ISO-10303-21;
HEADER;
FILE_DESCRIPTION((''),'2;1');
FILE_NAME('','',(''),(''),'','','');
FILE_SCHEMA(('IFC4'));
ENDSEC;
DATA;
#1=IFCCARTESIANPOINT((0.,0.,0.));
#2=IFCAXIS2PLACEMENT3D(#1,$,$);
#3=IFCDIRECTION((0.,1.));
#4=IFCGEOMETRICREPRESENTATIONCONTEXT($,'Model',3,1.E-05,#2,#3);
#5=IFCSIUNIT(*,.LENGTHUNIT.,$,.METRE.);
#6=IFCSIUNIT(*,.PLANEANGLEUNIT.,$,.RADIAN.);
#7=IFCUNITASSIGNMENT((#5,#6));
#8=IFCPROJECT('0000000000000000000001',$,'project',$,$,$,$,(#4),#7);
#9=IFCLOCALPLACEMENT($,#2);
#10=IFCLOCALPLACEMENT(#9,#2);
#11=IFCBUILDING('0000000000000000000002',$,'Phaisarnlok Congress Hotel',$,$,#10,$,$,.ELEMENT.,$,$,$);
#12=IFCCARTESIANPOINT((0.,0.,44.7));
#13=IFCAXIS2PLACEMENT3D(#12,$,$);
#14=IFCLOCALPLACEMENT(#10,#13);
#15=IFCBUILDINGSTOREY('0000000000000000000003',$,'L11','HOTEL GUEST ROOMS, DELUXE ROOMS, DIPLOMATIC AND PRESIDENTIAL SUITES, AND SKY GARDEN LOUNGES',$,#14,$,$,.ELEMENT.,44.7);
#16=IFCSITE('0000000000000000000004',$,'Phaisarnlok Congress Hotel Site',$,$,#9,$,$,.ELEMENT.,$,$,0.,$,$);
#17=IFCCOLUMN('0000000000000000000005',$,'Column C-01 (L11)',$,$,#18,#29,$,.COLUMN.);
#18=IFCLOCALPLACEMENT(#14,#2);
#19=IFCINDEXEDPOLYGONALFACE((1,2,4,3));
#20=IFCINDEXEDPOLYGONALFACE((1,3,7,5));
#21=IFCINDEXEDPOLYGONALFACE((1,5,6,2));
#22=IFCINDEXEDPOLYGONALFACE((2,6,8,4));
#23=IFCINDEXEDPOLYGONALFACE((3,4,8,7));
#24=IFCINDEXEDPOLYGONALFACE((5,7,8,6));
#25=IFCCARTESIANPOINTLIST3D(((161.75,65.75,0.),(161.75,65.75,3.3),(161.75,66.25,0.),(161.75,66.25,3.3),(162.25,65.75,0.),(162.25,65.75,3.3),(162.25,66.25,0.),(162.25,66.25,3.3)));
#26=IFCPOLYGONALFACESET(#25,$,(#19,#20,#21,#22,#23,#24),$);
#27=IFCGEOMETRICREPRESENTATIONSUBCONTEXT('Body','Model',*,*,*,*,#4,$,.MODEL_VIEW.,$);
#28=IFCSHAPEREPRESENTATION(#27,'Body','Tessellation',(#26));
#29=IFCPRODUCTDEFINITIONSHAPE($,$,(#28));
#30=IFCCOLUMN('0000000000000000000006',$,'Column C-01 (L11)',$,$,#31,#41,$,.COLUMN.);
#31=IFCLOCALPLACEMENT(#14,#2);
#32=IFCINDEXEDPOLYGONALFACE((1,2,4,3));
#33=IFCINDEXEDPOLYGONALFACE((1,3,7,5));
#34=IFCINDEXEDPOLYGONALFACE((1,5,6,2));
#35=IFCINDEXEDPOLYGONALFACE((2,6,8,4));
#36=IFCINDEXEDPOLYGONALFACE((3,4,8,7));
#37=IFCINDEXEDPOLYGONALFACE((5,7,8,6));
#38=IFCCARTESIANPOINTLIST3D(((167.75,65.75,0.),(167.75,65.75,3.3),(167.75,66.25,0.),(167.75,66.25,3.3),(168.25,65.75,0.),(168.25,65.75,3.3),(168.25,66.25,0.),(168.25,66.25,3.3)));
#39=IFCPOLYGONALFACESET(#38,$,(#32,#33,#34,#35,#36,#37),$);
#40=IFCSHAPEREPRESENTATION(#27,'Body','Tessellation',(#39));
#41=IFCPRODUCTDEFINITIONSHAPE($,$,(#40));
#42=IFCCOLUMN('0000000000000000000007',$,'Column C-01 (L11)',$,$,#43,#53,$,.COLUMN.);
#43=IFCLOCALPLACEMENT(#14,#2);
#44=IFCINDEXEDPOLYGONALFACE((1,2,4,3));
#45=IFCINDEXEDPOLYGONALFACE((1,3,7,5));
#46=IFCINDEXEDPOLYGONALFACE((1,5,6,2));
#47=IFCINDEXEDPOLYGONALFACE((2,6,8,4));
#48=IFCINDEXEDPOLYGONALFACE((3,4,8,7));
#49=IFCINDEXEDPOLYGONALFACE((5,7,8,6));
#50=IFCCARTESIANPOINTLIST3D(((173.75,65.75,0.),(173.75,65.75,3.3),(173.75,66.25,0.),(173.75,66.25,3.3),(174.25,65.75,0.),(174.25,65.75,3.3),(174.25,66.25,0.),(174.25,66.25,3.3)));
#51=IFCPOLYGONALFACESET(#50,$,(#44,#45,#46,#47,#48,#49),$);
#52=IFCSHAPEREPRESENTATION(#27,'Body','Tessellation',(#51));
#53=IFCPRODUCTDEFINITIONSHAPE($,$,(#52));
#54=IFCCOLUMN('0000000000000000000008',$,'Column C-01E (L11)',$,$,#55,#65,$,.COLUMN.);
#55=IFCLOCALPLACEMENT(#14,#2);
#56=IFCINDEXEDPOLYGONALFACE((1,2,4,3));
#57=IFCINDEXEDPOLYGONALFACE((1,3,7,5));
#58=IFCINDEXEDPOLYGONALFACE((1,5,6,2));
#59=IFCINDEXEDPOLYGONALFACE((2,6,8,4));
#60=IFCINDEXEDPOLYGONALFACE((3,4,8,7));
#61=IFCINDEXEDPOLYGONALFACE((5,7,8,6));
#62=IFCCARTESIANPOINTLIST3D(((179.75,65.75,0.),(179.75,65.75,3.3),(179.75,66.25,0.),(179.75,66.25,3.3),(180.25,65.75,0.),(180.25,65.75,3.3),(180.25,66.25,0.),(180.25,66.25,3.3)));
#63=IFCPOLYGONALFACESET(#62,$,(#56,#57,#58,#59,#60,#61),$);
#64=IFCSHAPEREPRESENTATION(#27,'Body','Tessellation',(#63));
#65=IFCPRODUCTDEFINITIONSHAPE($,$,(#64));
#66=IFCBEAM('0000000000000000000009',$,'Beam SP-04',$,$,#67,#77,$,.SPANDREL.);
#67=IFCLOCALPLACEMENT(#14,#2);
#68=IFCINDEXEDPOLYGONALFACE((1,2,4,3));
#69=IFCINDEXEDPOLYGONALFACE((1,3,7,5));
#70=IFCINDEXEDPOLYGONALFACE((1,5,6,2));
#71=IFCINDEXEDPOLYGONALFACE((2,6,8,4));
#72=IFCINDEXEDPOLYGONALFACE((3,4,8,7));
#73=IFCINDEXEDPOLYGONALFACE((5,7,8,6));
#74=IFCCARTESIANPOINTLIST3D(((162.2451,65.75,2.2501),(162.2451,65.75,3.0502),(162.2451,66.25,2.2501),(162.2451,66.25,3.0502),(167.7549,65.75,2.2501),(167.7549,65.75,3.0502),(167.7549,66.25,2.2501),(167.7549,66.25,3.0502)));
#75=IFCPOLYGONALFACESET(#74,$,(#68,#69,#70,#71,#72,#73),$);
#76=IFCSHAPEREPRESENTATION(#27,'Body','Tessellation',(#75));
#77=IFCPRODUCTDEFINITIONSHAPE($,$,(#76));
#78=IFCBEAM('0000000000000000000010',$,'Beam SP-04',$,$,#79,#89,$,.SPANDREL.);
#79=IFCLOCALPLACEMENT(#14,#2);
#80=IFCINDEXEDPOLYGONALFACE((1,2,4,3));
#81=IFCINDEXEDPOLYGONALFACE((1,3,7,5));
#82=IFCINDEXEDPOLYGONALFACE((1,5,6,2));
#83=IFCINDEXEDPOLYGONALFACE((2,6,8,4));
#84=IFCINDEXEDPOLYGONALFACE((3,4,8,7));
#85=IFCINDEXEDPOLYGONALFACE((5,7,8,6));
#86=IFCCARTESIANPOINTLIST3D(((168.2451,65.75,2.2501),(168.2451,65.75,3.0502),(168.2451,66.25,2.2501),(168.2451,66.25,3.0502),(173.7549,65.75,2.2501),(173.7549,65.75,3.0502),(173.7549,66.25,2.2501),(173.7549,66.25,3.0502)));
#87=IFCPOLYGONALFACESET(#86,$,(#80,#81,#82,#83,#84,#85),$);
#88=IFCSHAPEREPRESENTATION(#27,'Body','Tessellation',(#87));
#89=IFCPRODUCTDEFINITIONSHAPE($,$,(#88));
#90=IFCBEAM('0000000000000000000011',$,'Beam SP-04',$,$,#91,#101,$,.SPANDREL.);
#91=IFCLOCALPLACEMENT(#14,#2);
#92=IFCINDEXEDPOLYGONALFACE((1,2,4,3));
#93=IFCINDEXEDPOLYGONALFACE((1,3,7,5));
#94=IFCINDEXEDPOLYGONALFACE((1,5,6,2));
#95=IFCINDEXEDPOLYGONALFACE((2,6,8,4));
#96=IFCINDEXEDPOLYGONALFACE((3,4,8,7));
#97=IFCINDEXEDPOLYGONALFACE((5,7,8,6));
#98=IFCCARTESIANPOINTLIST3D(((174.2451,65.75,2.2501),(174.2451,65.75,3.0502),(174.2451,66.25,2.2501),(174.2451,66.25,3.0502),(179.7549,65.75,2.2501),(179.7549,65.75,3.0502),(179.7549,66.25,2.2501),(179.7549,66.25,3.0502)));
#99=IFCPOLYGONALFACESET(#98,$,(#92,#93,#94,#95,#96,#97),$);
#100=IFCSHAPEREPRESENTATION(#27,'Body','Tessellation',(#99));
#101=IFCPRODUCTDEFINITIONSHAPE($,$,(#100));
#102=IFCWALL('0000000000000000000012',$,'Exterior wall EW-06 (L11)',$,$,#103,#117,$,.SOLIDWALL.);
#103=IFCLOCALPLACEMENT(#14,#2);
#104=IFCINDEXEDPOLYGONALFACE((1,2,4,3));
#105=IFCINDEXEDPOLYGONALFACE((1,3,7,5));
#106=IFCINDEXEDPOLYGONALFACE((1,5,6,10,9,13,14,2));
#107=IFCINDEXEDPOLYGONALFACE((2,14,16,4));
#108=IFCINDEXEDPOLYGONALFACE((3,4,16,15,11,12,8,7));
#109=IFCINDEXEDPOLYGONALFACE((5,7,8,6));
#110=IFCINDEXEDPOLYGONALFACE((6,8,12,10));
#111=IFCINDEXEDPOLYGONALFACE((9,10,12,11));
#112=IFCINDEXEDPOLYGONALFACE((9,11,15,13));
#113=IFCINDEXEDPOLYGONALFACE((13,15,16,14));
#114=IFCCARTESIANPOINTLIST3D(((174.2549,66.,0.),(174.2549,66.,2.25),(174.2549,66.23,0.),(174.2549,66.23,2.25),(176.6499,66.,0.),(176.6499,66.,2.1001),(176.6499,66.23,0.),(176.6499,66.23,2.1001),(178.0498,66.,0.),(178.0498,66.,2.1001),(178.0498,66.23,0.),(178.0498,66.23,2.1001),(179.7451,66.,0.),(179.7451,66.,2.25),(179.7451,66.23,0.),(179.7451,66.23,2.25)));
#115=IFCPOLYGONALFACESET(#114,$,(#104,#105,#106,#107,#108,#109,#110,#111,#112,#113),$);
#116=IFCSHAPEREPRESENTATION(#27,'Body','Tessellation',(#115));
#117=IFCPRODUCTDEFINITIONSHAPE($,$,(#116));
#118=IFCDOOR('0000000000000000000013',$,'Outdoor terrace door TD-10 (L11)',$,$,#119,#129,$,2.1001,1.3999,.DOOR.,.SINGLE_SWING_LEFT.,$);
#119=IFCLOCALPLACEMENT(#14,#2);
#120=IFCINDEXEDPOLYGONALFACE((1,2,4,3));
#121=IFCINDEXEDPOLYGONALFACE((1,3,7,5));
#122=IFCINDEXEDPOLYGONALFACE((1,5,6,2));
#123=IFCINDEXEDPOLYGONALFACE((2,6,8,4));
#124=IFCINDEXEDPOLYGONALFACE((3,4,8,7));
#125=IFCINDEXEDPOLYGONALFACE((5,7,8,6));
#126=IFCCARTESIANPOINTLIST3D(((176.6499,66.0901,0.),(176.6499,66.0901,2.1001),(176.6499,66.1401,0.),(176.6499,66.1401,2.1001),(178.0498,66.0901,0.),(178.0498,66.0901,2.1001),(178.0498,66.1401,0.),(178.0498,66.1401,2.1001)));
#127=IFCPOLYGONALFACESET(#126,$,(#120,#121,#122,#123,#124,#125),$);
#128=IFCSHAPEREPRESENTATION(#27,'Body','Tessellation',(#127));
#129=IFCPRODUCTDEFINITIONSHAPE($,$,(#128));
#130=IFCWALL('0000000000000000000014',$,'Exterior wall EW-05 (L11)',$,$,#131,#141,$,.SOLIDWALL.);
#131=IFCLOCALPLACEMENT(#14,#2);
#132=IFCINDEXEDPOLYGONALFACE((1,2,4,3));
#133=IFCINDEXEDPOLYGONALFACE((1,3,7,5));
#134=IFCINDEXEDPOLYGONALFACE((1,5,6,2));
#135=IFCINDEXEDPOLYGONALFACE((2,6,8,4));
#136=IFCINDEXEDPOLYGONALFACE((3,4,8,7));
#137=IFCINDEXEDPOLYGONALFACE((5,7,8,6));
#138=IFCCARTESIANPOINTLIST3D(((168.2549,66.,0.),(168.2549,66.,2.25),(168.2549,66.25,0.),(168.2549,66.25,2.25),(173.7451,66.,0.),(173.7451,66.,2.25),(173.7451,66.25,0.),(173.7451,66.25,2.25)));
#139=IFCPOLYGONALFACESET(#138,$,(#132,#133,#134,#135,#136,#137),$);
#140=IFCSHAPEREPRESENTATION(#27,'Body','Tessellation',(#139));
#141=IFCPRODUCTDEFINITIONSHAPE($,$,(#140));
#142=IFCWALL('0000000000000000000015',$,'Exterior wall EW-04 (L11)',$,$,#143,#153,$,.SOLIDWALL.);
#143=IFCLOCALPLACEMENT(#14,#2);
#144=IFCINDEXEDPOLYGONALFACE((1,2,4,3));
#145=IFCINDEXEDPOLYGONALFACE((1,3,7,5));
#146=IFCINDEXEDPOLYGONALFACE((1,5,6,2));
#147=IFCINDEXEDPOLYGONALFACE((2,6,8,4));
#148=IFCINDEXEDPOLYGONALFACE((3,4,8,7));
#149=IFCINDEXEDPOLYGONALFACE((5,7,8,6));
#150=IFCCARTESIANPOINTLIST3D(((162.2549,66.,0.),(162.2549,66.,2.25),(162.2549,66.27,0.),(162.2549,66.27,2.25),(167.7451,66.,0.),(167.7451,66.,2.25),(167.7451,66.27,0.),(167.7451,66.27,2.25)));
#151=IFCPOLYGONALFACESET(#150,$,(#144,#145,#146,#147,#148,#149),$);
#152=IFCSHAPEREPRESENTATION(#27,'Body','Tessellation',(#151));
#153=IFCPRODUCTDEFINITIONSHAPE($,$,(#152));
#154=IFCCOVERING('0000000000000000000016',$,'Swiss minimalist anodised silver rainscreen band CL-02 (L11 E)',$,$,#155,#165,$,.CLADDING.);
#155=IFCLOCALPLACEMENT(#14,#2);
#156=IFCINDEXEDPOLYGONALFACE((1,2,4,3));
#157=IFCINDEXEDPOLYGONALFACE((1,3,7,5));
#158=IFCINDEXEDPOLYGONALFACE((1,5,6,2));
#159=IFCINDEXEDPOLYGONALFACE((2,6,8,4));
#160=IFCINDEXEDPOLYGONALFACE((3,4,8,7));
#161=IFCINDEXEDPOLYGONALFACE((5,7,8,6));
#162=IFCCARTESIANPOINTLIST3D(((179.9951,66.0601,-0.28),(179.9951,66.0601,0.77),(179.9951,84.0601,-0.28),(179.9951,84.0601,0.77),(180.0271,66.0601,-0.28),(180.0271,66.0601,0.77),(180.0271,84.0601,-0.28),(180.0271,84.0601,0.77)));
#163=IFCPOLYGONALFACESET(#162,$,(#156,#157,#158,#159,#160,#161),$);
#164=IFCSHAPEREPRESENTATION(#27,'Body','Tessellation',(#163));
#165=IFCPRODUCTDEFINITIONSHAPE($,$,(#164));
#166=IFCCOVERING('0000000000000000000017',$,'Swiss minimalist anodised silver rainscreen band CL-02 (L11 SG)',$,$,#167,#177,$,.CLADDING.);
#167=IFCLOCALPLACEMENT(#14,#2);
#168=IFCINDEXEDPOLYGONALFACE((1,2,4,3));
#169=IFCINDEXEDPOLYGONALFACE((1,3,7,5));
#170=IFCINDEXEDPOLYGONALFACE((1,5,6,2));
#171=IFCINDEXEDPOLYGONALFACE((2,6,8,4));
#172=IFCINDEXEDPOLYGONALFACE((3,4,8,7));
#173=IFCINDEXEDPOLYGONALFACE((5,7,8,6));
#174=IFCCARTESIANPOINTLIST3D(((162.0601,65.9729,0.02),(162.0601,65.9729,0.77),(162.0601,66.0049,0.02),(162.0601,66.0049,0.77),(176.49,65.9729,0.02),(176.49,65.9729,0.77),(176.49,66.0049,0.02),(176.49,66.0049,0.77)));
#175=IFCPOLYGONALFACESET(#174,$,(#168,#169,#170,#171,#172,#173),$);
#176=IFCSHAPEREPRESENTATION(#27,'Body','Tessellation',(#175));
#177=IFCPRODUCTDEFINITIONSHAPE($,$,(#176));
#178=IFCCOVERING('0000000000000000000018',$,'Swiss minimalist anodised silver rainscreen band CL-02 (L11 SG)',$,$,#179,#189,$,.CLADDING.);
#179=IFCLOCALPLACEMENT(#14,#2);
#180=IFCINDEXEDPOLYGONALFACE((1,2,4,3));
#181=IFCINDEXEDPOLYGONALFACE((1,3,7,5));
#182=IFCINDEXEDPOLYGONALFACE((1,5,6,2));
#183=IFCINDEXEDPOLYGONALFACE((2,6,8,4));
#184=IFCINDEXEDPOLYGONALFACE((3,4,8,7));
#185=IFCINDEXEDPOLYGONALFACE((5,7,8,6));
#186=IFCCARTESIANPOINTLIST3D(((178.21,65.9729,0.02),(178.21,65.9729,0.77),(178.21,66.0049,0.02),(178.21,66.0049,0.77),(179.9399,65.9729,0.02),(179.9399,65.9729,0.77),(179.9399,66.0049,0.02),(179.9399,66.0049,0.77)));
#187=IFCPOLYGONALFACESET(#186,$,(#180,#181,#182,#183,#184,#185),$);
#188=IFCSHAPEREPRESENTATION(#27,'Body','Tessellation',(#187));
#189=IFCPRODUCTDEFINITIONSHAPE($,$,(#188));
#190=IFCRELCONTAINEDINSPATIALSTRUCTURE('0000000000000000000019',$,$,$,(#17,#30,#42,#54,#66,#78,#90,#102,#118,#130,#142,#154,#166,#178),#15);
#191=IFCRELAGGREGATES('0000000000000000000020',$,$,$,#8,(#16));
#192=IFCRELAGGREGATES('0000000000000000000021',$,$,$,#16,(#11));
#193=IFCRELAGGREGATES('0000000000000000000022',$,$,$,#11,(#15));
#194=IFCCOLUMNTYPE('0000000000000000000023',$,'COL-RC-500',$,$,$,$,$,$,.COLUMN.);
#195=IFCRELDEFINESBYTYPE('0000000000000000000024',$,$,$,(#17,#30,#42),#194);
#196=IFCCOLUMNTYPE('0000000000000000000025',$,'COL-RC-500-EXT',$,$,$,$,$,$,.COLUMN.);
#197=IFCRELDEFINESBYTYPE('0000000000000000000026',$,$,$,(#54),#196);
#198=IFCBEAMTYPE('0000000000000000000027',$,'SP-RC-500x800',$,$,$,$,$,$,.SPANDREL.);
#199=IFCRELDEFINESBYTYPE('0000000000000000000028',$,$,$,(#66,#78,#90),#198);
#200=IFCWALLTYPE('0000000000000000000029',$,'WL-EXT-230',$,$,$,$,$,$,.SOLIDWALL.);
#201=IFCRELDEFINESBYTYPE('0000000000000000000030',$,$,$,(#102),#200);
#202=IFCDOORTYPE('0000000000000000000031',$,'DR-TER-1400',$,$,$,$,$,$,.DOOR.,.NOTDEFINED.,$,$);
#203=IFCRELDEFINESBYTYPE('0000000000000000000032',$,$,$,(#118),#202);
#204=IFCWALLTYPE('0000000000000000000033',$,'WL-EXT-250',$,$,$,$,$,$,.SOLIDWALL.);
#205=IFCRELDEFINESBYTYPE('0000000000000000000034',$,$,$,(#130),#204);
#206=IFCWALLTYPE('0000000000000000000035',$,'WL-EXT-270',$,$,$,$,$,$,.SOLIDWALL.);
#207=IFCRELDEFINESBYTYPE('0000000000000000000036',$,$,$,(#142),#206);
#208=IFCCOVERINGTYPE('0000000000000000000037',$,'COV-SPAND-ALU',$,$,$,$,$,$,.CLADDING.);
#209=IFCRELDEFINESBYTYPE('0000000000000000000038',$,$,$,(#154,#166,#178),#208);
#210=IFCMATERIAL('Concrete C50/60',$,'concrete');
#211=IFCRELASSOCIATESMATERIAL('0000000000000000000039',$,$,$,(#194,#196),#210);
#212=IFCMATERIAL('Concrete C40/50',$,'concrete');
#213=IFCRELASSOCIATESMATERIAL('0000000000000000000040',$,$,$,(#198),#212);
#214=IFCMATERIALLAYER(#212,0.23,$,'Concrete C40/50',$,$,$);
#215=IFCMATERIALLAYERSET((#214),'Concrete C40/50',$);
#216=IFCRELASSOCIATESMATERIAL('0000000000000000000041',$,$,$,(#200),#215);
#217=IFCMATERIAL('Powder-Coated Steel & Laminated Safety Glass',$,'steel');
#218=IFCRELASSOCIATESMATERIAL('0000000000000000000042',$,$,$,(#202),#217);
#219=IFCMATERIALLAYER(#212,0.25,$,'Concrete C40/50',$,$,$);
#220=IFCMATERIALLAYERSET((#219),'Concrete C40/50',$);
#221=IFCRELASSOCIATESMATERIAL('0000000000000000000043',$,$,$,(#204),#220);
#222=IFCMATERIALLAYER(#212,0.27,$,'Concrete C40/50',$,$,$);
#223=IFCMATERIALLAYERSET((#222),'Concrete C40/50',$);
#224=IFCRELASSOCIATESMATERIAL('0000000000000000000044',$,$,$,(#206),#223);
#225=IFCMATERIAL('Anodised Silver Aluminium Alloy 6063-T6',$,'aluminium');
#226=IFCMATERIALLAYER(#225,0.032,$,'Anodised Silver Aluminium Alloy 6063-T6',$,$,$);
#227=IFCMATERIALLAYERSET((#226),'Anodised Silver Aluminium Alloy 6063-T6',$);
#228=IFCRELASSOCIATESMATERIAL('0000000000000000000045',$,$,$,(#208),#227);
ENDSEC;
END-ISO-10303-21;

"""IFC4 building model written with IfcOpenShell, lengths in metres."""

from ifc_helpers import new_model, si_unit, direction, frame, frame_2d, origin, origin_2d, place, context, subcontext, project, spatial, polyline, rectangle, outline, extrude, material, layer, layer_set, material_profile, profile_set, type_object, element, fill, save


model = new_model("IFC4")

# Units and contexts
model_context = context("Model", 3, precision=1e-05, world=origin(), true_north=direction((0.0, 1.0)))
body_context = subcontext(model_context, "Body", "Model", "MODEL_VIEW")
ifc_project = project(units=[si_unit("LENGTHUNIT", "METRE"), si_unit("PLANEANGLEUNIT", "RADIAN")], contexts=[model_context])

# Site, building, storey
site_placement = place(None, origin())
site = spatial("IfcSite", under=ifc_project, at=site_placement, Name="Phaisarnlok Congress Hotel Site", CompositionType="ELEMENT", RefElevation=0.0)
building_placement = place(site_placement, origin())
building = spatial("IfcBuilding", under=site, at=building_placement, Name="Phaisarnlok Congress Hotel", CompositionType="ELEMENT")
storey_placement = place(building_placement, frame((0.0, 0.0, 44.7)))
storey = spatial("IfcBuildingStorey", under=building, at=storey_placement, Name="L11", Description="HOTEL GUEST ROOMS, DELUXE ROOMS, DIPLOMATIC AND PRESIDENTIAL SUITES, AND SKY GARDEN LOUNGES", CompositionType="ELEMENT", Elevation=44.7)

# Columns
ifc_material_1 = material(Name="Concrete C50/60", Category="concrete")
ifc_material_profile_1 = material_profile(ifc_material_1, rectangle(XDim=0.5, YDim=0.5, at=origin_2d()), Name="RC 500x500")
ifc_profile_set_1 = profile_set([ifc_material_profile_1], Name="Concrete C50/60")
column_type_1 = type_object("IfcColumnType", Name="COL-RC-500", PredefinedType="COLUMN", material=ifc_profile_set_1)
for number, where, z_axis, x_axis, name in (
    (1, (162.0, 66.0, 0.0), (0.0, 0.0, 1.0), (1.0, 0.0, 0.0), "Column C-01 (L11)"),
    (2, (168.0, 66.0, 0.0), (0.0, 0.0, 1.0), (1.0, 0.0, 0.0), "Column C-01 (L11)"),
    (3, (174.0, 66.0, 0.0), (0.0, 0.0, 1.0), (1.0, 0.0, 0.0), "Column C-01 (L11)"),
):
    element("IfcColumn", number, at=place(storey_placement, frame(where, z_axis=z_axis, x_axis=x_axis)), inside=storey, type_object=column_type_1, Name=name, PredefinedType="COLUMN", context=body_context, shape_type="SweptSolid", body=[
        extrude(rectangle(XDim=0.5, YDim=0.5, at=origin_2d()), origin(), (0.0, 0.0, 1.0), 3.3),
    ])
ifc_material_profile_2 = material_profile(ifc_material_1, rectangle(XDim=0.5, YDim=0.5, at=origin_2d()), Name="RC 500x500")
ifc_profile_set_2 = profile_set([ifc_material_profile_2], Name="Concrete C50/60")
column_type_2 = type_object("IfcColumnType", Name="COL-RC-500-EXT", PredefinedType="COLUMN", material=ifc_profile_set_2)
column_placement = place(storey_placement, frame((180.0, 66.0, 0.0), z_axis=(0.0, 0.0, 1.0), x_axis=(1.0, 0.0, 0.0)))
element("IfcColumn", 4, at=column_placement, inside=storey, type_object=column_type_2, Name="Column C-01E (L11)", PredefinedType="COLUMN", context=body_context, shape_type="SweptSolid", body=[
    extrude(rectangle(XDim=0.5, YDim=0.5, at=origin_2d()), origin(), (0.0, 0.0, 1.0), 3.3),
])

# Beams
ifc_material_2 = material(Name="Concrete C40/50", Category="concrete")
ifc_material_profile_3 = material_profile(ifc_material_2, rectangle(XDim=0.5, YDim=0.8, at=origin_2d()), Name="RC 500x800")
ifc_profile_set_3 = profile_set([ifc_material_profile_3], Name="Concrete C40/50")
beam_type = type_object("IfcBeamType", Name="SP-RC-500x800", PredefinedType="SPANDREL", material=ifc_profile_set_3)
for number, where, z_axis, x_axis, name in (
    (5, (162.2451, 66.0, 2.6501), (1.0, 0.0, 0.0), (0.0, 1.0, 0.0), "Beam SP-04"),
    (6, (168.2451, 66.0, 2.6501), (1.0, 0.0, 0.0), (0.0, 1.0, 0.0), "Beam SP-04"),
    (7, (174.2451, 66.0, 2.6501), (1.0, 0.0, 0.0), (0.0, 1.0, 0.0), "Beam SP-04"),
):
    element("IfcBeam", number, at=place(storey_placement, frame(where, z_axis=z_axis, x_axis=x_axis)), inside=storey, type_object=beam_type, Name=name, PredefinedType="SPANDREL", context=body_context, shape_type="SweptSolid", body=[
        extrude(rectangle(XDim=0.5, YDim=0.8, at=origin_2d()), origin(), (0.0, 0.0, 1.0), 5.5098),
    ])

# Wall, opening, door
ifc_layer_1 = layer(ifc_material_2, 0.23, Name="Concrete C40/50")
ifc_layer_set_1 = layer_set([ifc_layer_1], Name="Concrete C40/50")
wall_type_1 = type_object("IfcWallType", Name="WL-EXT-230", PredefinedType="SOLIDWALL", material=ifc_layer_set_1)
wall_1_placement = place(storey_placement, frame((174.2549, 66.115, 0.0), z_axis=(0.0, 0.0, 1.0), x_axis=(1.0, 0.0, 0.0)))
wall_1 = element("IfcWall", 8, at=wall_1_placement, inside=storey, type_object=wall_type_1, Name="Exterior wall EW-06 (L11)", PredefinedType="SOLIDWALL", context=body_context, shape_type="SweptSolid", body=[
    extrude(rectangle(XDim=5.4902, YDim=0.23, at=frame_2d((2.7451, 0.0))), origin(), (0.0, 0.0, 1.0), 2.25),
])
opening_placement = place(wall_1_placement, frame((2.395, 0.0, 0.0)))
opening = element("IfcOpeningElement", 9, at=opening_placement, cuts=wall_1, PredefinedType="OPENING", context=body_context, shape_type="SweptSolid", body=[
    extrude(rectangle(XDim=1.3999, YDim=2.1001, at=frame_2d((0.7, 1.05))), frame((0.0, 0.125, 0.0), z_axis=(0.0, -1.0, 0.0), x_axis=(1.0, 0.0, 0.0)), (0.0, 0.0, 1.0), 0.25),
])
ifc_material_3 = material(Name="Powder-Coated Steel & Laminated Safety Glass", Category="steel")
door_type = type_object("IfcDoorType", Name="DR-TER-1400", OperationType="NOTDEFINED", PredefinedType="DOOR", material=ifc_material_3)
door_placement = place(opening_placement, frame((1.3999, 0.0, 0.0), z_axis=(0.0, 0.0, 1.0), x_axis=(-1.0, 0.0, 0.0)))
door = element("IfcDoor", 10, at=door_placement, inside=storey, type_object=door_type, Name="Outdoor terrace door TD-10 (L11)", OperationType="SINGLE_SWING_LEFT", OverallHeight=2.1001, OverallWidth=1.3999, PredefinedType="DOOR", context=body_context, shape_type="SweptSolid", body=[
    extrude(rectangle(XDim=1.3999, YDim=2.1001, at=frame_2d((0.7, 1.05))), frame((0.0, 0.0249, 0.0), z_axis=(0.0, -1.0, 0.0), x_axis=(1.0, 0.0, 0.0)), (0.0, 0.0, 1.0), 0.05),
])
fill(opening, door)

# Walls
ifc_layer_2 = layer(ifc_material_2, 0.25, Name="Concrete C40/50")
ifc_layer_set_2 = layer_set([ifc_layer_2], Name="Concrete C40/50")
wall_type_2 = type_object("IfcWallType", Name="WL-EXT-250", PredefinedType="SOLIDWALL", material=ifc_layer_set_2)
wall_2_placement = place(storey_placement, frame((168.2549, 66.125, 0.0), z_axis=(0.0, 0.0, 1.0), x_axis=(1.0, 0.0, 0.0)))
element("IfcWall", 11, at=wall_2_placement, inside=storey, type_object=wall_type_2, Name="Exterior wall EW-05 (L11)", PredefinedType="SOLIDWALL", context=body_context, shape_type="SweptSolid", body=[
    extrude(rectangle(XDim=5.4902, YDim=0.25, at=frame_2d((2.7451, 0.0))), origin(), (0.0, 0.0, 1.0), 2.25),
])
ifc_layer_3 = layer(ifc_material_2, 0.27, Name="Concrete C40/50")
ifc_layer_set_3 = layer_set([ifc_layer_3], Name="Concrete C40/50")
wall_type_3 = type_object("IfcWallType", Name="WL-EXT-270", PredefinedType="SOLIDWALL", material=ifc_layer_set_3)
wall_3_placement = place(storey_placement, frame((162.2549, 66.135, 0.0), z_axis=(0.0, 0.0, 1.0), x_axis=(1.0, 0.0, 0.0)))
element("IfcWall", 12, at=wall_3_placement, inside=storey, type_object=wall_type_3, Name="Exterior wall EW-04 (L11)", PredefinedType="SOLIDWALL", context=body_context, shape_type="SweptSolid", body=[
    extrude(rectangle(XDim=5.4902, YDim=0.27, at=frame_2d((2.7451, 0.0))), origin(), (0.0, 0.0, 1.0), 2.25),
])

# Coverings
ifc_material_4 = material(Name="Anodised Silver Aluminium Alloy 6063-T6", Category="aluminium")
ifc_layer_4 = layer(ifc_material_4, 0.032, Name="Anodised Silver Aluminium Alloy 6063-T6")
ifc_layer_set_4 = layer_set([ifc_layer_4], Name="Anodised Silver Aluminium Alloy 6063-T6")
covering_type = type_object("IfcCoveringType", Name="COV-SPAND-ALU", PredefinedType="CLADDING", material=ifc_layer_set_4)
covering_1_placement = place(storey_placement, frame((179.9951, 66.0601, -0.28), z_axis=(1.0, 0.0, 0.0), x_axis=(0.0, 1.0, 0.0)))
element("IfcCovering", 13, at=covering_1_placement, inside=storey, type_object=covering_type, Name="Swiss minimalist anodised silver rainscreen band CL-02 (L11 E)", PredefinedType="CLADDING", context=body_context, shape_type="SweptSolid", body=[
    extrude(outline(polyline([(0.0, 0.0), (18.0, 0.0), (18.0, 1.05), (0.0, 1.05), (0.0, 0.0)])), origin(), (0.0, 0.0, 1.0), 0.032),
])
covering_2_placement = place(storey_placement, frame((162.0601, 66.0049, 0.02), z_axis=(0.0, -1.0, 0.0), x_axis=(1.0, 0.0, 0.0)))
element("IfcCovering", 14, at=covering_2_placement, inside=storey, type_object=covering_type, Name="Swiss minimalist anodised silver rainscreen band CL-02 (L11 SG)", PredefinedType="CLADDING", context=body_context, shape_type="SweptSolid", body=[
    extrude(outline(polyline([(0.0, 0.0), (14.4299, 0.0), (14.4299, 0.75), (0.0, 0.75), (0.0, 0.0)])), origin(), (0.0, 0.0, 1.0), 0.032),
])
covering_3_placement = place(storey_placement, frame((178.21, 66.0049, 0.02), z_axis=(0.0, -1.0, 0.0), x_axis=(1.0, 0.0, 0.0)))
element("IfcCovering", 15, at=covering_3_placement, inside=storey, type_object=covering_type, Name="Swiss minimalist anodised silver rainscreen band CL-02 (L11 SG)", PredefinedType="CLADDING", context=body_context, shape_type="SweptSolid", body=[
    extrude(outline(polyline([(0.0, 0.0), (1.73, 0.0), (1.73, 0.75), (0.0, 0.75), (0.0, 0.0)])), origin(), (0.0, 0.0, 1.0), 0.032),
])

save(model, "model.ifc")
